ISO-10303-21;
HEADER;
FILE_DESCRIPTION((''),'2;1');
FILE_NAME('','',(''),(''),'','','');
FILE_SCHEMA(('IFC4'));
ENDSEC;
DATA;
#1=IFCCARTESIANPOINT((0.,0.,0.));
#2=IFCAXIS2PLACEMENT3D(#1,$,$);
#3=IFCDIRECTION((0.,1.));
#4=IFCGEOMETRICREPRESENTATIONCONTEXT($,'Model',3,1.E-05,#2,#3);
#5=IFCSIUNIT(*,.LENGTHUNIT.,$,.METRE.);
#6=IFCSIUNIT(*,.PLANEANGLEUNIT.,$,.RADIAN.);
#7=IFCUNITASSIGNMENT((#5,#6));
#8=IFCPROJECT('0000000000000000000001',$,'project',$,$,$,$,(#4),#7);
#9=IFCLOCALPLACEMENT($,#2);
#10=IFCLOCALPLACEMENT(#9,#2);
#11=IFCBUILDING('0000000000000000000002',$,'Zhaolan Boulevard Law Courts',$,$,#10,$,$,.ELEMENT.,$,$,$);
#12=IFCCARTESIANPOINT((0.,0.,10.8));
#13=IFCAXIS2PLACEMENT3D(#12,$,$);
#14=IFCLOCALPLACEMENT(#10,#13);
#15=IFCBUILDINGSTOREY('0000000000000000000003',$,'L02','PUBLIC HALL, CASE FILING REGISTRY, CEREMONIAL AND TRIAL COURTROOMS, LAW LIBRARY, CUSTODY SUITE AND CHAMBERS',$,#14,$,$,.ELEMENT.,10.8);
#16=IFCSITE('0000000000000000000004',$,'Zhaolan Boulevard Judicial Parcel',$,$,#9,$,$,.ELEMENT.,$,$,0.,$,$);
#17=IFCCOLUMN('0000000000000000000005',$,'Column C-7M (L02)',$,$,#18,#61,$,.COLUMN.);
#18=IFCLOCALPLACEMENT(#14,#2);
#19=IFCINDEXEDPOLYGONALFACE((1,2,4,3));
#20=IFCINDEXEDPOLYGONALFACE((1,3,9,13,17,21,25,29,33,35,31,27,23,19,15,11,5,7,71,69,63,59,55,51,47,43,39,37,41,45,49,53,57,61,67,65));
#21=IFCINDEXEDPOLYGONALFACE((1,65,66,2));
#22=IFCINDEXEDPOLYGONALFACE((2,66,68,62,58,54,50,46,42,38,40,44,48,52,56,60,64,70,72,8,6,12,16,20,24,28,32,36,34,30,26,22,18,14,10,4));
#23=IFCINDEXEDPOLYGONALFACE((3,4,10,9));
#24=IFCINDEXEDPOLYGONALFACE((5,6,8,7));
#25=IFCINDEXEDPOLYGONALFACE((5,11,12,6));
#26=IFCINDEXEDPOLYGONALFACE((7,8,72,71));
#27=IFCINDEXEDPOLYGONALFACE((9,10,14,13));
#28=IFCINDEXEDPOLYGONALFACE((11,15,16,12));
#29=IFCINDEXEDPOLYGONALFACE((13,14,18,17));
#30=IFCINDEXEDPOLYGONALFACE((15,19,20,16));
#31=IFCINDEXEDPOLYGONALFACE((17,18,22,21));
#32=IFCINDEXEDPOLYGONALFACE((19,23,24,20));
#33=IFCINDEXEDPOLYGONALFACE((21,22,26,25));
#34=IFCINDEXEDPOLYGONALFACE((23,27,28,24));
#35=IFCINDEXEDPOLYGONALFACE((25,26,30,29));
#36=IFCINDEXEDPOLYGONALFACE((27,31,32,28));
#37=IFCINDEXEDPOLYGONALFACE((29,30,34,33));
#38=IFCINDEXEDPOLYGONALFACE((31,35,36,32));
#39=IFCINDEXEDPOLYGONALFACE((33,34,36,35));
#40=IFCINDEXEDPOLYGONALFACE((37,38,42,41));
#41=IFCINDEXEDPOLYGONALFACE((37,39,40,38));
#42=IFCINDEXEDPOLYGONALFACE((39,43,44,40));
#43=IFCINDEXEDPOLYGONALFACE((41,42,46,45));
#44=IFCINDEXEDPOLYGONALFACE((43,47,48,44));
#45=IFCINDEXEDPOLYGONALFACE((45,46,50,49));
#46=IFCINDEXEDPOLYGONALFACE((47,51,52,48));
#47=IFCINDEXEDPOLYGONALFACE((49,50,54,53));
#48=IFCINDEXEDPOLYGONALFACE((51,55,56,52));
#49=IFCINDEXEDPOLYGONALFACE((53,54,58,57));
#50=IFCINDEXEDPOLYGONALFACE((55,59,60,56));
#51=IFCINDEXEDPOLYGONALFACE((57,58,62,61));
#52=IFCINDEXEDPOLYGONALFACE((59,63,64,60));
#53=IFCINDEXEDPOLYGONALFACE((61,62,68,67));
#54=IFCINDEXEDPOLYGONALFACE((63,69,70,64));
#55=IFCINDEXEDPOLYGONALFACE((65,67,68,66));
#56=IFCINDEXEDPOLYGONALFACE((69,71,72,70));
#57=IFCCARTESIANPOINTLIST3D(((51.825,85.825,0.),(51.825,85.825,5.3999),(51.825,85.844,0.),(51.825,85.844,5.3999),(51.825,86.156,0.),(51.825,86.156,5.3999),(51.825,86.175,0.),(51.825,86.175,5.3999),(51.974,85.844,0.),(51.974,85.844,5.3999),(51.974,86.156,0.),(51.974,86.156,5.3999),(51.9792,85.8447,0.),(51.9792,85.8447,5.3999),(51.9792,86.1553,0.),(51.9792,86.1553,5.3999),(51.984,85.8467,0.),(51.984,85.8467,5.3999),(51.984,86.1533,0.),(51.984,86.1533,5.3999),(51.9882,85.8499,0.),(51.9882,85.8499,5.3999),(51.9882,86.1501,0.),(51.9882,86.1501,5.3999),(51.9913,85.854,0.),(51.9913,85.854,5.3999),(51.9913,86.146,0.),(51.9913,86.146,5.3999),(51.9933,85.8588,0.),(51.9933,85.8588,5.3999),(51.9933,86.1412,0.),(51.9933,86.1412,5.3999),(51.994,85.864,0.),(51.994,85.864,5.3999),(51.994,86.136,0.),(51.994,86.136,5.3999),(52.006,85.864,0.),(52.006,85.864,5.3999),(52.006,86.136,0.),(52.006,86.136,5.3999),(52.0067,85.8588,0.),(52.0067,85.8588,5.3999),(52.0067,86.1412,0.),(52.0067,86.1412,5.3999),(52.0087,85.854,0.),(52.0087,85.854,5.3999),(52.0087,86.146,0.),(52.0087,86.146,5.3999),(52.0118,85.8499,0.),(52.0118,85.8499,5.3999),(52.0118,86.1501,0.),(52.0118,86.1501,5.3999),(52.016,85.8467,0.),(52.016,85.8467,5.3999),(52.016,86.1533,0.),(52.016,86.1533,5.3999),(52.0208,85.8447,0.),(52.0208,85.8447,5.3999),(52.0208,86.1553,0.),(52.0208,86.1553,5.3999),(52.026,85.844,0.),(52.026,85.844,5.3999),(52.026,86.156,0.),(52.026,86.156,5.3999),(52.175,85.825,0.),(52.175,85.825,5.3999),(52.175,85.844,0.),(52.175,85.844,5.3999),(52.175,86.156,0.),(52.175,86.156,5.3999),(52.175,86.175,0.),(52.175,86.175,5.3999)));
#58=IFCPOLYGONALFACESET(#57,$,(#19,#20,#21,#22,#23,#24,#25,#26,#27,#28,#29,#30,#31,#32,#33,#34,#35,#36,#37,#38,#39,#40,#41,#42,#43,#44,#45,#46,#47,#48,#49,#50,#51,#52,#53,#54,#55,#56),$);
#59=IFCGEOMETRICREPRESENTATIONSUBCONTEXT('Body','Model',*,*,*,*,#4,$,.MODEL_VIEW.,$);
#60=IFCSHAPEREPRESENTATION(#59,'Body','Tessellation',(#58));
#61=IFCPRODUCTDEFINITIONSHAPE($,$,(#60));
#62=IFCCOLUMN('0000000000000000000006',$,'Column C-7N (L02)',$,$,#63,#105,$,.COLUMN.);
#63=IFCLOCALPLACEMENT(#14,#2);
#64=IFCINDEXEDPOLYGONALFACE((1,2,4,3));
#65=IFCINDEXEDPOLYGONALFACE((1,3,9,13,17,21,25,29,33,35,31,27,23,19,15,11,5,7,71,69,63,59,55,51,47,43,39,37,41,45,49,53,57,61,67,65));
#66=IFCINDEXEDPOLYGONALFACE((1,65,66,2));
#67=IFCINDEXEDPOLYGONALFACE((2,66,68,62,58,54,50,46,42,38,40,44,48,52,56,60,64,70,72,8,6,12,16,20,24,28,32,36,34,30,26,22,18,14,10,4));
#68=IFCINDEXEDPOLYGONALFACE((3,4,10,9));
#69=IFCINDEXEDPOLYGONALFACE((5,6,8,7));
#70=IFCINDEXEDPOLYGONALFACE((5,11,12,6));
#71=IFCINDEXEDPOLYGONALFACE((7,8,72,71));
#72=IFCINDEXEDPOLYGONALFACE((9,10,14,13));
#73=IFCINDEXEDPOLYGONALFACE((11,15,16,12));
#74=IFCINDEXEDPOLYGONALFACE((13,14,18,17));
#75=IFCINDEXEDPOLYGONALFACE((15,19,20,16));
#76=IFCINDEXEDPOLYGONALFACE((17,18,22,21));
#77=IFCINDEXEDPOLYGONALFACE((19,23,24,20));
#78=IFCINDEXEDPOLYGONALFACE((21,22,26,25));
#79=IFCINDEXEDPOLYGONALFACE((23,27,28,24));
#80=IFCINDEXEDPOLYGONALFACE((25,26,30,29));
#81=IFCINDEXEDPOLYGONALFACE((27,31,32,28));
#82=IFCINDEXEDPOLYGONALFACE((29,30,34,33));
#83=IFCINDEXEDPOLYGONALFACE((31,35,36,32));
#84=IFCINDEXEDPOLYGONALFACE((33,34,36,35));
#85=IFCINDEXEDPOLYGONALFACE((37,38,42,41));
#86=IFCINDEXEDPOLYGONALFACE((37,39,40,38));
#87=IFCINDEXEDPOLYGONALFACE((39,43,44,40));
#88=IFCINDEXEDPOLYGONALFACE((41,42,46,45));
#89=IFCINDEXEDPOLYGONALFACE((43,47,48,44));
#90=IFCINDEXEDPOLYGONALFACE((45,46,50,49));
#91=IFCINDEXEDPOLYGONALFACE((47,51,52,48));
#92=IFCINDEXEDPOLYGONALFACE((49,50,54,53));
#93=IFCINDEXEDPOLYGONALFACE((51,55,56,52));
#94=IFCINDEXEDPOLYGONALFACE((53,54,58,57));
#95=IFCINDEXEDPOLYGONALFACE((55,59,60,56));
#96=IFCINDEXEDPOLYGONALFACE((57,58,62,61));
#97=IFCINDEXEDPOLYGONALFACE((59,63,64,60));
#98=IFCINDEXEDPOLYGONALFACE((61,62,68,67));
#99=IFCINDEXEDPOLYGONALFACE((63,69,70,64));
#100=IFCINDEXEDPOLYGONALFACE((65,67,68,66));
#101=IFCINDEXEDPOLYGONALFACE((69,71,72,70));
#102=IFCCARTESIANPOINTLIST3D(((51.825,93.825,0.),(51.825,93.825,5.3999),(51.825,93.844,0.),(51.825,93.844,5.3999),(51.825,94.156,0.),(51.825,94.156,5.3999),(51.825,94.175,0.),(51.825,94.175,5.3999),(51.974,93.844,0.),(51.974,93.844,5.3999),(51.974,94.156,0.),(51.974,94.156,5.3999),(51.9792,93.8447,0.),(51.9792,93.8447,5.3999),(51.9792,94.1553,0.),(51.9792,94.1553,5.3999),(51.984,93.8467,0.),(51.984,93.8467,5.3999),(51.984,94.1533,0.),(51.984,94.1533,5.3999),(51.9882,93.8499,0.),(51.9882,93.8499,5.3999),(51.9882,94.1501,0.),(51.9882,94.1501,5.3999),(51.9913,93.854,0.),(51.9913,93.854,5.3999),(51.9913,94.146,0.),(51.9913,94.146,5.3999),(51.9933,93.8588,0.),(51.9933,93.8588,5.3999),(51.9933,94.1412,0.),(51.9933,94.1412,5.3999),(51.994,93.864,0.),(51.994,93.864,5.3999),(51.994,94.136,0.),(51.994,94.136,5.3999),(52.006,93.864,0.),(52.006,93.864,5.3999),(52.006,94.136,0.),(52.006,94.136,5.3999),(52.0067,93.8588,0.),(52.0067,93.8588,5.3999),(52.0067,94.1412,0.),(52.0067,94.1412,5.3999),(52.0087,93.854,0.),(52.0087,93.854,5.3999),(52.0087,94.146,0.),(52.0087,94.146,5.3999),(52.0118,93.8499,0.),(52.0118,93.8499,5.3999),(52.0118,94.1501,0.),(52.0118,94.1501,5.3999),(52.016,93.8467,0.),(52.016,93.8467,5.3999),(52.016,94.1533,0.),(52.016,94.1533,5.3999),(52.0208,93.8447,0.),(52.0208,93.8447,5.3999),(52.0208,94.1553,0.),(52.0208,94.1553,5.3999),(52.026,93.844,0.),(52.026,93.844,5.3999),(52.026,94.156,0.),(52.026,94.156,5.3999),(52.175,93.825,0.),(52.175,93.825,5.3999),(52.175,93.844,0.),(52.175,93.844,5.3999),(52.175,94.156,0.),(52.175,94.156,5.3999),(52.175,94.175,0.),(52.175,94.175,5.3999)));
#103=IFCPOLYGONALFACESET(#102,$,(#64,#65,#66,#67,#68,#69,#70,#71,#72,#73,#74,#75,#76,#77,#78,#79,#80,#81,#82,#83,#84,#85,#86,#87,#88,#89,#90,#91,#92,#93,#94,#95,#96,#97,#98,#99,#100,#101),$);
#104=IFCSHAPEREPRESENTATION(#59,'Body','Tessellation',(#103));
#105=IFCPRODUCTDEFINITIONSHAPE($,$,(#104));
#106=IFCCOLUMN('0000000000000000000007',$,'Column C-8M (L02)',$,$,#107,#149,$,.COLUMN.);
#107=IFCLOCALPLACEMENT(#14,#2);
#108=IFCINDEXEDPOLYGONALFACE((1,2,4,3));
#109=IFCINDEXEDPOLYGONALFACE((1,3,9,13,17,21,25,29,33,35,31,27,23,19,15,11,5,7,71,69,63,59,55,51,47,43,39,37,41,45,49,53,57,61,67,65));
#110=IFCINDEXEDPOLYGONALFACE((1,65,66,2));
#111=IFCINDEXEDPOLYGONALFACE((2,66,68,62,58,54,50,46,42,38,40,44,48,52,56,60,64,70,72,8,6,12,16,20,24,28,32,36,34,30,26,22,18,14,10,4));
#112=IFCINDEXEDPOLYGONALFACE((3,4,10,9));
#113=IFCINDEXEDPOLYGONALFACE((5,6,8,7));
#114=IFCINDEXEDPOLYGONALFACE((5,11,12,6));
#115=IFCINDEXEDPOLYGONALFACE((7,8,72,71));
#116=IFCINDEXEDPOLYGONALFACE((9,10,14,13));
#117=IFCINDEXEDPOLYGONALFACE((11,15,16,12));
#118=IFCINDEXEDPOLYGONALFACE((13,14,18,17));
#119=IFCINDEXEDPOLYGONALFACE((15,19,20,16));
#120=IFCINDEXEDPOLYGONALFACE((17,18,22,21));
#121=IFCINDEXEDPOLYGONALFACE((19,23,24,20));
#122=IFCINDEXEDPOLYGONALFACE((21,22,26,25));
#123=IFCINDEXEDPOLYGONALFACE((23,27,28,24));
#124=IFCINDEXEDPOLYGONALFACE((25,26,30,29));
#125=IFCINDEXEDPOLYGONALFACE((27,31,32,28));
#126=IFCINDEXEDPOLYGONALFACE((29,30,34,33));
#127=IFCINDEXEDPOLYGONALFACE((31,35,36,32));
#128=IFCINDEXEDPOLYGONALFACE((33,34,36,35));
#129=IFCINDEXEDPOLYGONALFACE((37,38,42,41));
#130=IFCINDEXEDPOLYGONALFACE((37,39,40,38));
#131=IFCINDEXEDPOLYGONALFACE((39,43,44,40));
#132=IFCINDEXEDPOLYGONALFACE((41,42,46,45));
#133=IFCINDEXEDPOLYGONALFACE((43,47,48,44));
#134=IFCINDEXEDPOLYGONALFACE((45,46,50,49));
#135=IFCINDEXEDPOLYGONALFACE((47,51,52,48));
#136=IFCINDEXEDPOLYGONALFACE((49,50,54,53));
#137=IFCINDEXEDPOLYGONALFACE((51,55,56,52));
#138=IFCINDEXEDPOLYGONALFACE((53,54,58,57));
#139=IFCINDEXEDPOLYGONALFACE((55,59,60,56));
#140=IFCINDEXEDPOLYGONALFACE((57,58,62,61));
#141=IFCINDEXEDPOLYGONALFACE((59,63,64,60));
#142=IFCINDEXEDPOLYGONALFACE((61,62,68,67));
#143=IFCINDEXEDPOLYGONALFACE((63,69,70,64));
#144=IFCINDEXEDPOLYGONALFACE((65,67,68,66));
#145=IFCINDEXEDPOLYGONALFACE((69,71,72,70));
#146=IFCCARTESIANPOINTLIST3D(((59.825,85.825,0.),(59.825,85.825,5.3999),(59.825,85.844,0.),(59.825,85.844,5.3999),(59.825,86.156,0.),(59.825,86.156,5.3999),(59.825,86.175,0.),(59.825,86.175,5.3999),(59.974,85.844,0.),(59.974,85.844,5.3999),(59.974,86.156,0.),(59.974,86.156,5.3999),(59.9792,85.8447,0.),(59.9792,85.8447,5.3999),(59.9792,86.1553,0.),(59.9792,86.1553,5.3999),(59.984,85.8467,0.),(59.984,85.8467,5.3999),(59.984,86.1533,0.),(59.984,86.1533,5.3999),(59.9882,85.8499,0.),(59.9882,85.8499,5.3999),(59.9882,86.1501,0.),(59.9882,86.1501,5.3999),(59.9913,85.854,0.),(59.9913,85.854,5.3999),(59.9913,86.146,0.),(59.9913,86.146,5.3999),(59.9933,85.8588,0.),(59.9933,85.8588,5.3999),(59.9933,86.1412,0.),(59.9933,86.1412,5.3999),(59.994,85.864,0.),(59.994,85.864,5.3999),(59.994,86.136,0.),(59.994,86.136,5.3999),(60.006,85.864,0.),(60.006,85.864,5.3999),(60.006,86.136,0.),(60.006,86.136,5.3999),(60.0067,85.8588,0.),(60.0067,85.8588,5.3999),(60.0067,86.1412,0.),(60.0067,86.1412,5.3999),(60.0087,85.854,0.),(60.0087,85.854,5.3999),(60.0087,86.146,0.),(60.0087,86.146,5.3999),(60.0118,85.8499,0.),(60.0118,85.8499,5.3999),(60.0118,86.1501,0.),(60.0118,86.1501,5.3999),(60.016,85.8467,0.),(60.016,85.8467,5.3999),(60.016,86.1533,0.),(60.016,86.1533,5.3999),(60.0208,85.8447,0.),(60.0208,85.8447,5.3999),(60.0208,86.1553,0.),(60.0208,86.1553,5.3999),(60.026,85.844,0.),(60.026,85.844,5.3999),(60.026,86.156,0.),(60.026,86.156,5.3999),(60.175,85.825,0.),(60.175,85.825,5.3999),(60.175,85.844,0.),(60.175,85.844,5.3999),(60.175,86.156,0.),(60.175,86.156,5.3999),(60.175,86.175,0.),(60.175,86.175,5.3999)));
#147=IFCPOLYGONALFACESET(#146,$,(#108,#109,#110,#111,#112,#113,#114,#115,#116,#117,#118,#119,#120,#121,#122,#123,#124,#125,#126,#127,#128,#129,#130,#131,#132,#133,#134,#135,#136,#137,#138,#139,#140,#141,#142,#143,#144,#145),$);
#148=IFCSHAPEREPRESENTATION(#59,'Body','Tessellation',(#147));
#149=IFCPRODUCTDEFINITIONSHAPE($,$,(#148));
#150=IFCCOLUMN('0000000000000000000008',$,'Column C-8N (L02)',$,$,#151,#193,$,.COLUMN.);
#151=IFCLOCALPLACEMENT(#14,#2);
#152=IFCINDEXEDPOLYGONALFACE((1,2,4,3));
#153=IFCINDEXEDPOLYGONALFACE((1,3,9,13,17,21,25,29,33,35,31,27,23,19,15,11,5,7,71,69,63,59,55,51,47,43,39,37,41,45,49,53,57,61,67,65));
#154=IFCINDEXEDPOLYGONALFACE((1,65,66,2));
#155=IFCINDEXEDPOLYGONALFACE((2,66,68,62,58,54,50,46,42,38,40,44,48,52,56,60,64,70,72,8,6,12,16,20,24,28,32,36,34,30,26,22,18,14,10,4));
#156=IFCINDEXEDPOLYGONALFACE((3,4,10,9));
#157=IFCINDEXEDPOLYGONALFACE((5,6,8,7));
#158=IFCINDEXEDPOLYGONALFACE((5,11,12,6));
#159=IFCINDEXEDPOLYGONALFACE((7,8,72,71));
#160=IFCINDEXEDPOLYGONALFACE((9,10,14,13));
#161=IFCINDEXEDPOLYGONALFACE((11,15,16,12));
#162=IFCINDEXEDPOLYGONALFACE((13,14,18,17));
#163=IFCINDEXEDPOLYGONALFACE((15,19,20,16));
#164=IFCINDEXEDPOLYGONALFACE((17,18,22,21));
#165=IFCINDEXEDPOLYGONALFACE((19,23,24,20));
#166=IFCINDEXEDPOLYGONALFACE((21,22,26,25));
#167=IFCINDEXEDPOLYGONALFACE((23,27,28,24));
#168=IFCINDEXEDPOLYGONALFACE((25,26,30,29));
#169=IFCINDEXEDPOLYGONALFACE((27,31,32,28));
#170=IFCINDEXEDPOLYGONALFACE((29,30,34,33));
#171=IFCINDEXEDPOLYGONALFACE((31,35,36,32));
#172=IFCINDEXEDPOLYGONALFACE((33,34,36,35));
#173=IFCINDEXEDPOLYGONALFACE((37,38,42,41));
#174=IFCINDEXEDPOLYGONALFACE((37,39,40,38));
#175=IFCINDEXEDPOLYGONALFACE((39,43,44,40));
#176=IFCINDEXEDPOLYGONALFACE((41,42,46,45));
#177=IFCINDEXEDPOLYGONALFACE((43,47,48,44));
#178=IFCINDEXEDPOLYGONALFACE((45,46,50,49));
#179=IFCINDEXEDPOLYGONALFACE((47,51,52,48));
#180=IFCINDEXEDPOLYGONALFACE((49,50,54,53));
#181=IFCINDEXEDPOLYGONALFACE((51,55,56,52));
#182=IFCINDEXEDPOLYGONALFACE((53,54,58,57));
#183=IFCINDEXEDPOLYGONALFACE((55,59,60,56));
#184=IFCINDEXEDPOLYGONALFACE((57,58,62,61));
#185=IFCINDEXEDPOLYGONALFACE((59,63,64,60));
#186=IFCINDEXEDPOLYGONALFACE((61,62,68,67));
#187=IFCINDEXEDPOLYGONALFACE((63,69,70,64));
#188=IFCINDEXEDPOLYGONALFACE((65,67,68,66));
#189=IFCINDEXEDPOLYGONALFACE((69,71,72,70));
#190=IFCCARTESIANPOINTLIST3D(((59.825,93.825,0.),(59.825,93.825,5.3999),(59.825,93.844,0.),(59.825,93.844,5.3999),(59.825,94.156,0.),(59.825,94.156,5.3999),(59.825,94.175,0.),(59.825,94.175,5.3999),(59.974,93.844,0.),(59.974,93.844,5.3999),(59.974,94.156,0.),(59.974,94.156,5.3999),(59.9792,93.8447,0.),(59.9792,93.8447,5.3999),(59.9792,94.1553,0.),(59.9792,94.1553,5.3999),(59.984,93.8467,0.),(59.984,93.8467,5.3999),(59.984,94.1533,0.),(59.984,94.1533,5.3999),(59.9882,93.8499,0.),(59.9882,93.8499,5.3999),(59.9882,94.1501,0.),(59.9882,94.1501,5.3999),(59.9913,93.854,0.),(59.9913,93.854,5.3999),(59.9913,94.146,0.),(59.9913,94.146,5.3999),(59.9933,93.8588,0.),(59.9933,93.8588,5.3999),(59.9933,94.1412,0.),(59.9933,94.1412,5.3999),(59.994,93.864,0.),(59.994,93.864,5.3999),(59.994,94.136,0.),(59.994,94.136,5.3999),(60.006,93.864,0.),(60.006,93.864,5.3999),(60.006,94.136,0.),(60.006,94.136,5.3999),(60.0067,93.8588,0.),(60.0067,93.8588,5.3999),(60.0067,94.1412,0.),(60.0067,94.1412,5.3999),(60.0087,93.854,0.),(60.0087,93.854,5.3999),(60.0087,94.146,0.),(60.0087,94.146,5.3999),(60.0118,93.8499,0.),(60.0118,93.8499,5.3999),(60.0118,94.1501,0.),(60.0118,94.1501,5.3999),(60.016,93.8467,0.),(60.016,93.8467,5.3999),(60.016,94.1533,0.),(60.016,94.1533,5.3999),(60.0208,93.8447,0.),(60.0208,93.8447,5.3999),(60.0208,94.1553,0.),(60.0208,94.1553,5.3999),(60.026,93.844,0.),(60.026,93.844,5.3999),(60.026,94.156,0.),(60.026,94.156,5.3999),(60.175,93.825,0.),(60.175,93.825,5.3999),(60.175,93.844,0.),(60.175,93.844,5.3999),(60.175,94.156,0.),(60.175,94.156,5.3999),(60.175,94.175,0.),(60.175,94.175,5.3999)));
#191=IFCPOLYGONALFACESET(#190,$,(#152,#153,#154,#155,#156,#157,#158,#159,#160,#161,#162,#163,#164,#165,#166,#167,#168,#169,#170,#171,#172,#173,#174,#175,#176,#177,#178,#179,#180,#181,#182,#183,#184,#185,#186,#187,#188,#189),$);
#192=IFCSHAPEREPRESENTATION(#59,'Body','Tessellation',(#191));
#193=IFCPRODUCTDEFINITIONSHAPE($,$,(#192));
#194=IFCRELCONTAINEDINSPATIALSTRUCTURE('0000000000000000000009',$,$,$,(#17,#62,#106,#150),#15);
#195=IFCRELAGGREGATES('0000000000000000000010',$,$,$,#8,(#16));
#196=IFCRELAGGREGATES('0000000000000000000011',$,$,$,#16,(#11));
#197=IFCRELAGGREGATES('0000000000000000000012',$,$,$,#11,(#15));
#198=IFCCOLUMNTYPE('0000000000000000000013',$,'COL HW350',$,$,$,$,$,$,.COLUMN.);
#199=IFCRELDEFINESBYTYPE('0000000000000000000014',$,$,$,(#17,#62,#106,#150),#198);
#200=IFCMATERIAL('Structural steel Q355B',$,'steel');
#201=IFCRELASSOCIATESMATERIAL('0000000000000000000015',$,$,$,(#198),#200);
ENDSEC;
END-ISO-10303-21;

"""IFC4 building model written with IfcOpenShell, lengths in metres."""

from ifc_helpers import new_model, si_unit, direction, frame, origin, origin_2d, place, context, subcontext, project, spatial, i_section, extrude, material, material_profile, profile_set, type_object, element, save


model = new_model("IFC4")

# Units and contexts
model_context = context("Model", 3, precision=1e-05, world=origin(), true_north=direction((0.0, 1.0)))
body_context = subcontext(model_context, "Body", "Model", "MODEL_VIEW")
ifc_project = project(units=[si_unit("LENGTHUNIT", "METRE"), si_unit("PLANEANGLEUNIT", "RADIAN")], contexts=[model_context])

# Site, building, storey
site_placement = place(None, origin())
site = spatial("IfcSite", under=ifc_project, at=site_placement, Name="Zhaolan Boulevard Judicial Parcel", CompositionType="ELEMENT", RefElevation=0.0)
building_placement = place(site_placement, origin())
building = spatial("IfcBuilding", under=site, at=building_placement, Name="Zhaolan Boulevard Law Courts", CompositionType="ELEMENT")
storey_placement = place(building_placement, frame((0.0, 0.0, 10.8)))
storey = spatial("IfcBuildingStorey", under=building, at=storey_placement, Name="L02", Description="PUBLIC HALL, CASE FILING REGISTRY, CEREMONIAL AND TRIAL COURTROOMS, LAW LIBRARY, CUSTODY SUITE AND CHAMBERS", CompositionType="ELEMENT", Elevation=10.8)

# Columns
ifc_material_1 = material(Name="Structural steel Q355B", Category="steel")
ifc_material_profile_1 = material_profile(ifc_material_1, i_section(OverallWidth=0.3501, OverallDepth=0.3501, WebThickness=0.012, FlangeThickness=0.019, FilletRadius=0.02, at=origin_2d()), Name="HW350x350")
ifc_profile_set_1 = profile_set([ifc_material_profile_1], Name="Structural steel Q355B")
column_type = type_object("IfcColumnType", Name="COL HW350", PredefinedType="COLUMN", material=ifc_profile_set_1)
for number, where, z_axis, x_axis, name in (
    (1, (52.0, 86.0, 0.0), (0.0, 0.0, 1.0), (1.0, 0.0, 0.0), "Column C-7M (L02)"),
    (2, (52.0, 94.0, 0.0), (0.0, 0.0, 1.0), (1.0, 0.0, 0.0), "Column C-7N (L02)"),
    (3, (60.0, 86.0, 0.0), (0.0, 0.0, 1.0), (1.0, 0.0, 0.0), "Column C-8M (L02)"),
    (4, (60.0, 94.0, 0.0), (0.0, 0.0, 1.0), (1.0, 0.0, 0.0), "Column C-8N (L02)"),
):
    element("IfcColumn", number, at=place(storey_placement, frame(where, z_axis=z_axis, x_axis=x_axis)), inside=storey, type_object=column_type, Name=name, PredefinedType="COLUMN", context=body_context, shape_type="SweptSolid", body=[
        extrude(i_section(OverallWidth=0.3501, OverallDepth=0.3501, WebThickness=0.012, FlangeThickness=0.019, FilletRadius=0.02, at=origin_2d()), origin(), (0.0, 0.0, 1.0), 5.3999),
    ])

save(model, "model.ifc")
